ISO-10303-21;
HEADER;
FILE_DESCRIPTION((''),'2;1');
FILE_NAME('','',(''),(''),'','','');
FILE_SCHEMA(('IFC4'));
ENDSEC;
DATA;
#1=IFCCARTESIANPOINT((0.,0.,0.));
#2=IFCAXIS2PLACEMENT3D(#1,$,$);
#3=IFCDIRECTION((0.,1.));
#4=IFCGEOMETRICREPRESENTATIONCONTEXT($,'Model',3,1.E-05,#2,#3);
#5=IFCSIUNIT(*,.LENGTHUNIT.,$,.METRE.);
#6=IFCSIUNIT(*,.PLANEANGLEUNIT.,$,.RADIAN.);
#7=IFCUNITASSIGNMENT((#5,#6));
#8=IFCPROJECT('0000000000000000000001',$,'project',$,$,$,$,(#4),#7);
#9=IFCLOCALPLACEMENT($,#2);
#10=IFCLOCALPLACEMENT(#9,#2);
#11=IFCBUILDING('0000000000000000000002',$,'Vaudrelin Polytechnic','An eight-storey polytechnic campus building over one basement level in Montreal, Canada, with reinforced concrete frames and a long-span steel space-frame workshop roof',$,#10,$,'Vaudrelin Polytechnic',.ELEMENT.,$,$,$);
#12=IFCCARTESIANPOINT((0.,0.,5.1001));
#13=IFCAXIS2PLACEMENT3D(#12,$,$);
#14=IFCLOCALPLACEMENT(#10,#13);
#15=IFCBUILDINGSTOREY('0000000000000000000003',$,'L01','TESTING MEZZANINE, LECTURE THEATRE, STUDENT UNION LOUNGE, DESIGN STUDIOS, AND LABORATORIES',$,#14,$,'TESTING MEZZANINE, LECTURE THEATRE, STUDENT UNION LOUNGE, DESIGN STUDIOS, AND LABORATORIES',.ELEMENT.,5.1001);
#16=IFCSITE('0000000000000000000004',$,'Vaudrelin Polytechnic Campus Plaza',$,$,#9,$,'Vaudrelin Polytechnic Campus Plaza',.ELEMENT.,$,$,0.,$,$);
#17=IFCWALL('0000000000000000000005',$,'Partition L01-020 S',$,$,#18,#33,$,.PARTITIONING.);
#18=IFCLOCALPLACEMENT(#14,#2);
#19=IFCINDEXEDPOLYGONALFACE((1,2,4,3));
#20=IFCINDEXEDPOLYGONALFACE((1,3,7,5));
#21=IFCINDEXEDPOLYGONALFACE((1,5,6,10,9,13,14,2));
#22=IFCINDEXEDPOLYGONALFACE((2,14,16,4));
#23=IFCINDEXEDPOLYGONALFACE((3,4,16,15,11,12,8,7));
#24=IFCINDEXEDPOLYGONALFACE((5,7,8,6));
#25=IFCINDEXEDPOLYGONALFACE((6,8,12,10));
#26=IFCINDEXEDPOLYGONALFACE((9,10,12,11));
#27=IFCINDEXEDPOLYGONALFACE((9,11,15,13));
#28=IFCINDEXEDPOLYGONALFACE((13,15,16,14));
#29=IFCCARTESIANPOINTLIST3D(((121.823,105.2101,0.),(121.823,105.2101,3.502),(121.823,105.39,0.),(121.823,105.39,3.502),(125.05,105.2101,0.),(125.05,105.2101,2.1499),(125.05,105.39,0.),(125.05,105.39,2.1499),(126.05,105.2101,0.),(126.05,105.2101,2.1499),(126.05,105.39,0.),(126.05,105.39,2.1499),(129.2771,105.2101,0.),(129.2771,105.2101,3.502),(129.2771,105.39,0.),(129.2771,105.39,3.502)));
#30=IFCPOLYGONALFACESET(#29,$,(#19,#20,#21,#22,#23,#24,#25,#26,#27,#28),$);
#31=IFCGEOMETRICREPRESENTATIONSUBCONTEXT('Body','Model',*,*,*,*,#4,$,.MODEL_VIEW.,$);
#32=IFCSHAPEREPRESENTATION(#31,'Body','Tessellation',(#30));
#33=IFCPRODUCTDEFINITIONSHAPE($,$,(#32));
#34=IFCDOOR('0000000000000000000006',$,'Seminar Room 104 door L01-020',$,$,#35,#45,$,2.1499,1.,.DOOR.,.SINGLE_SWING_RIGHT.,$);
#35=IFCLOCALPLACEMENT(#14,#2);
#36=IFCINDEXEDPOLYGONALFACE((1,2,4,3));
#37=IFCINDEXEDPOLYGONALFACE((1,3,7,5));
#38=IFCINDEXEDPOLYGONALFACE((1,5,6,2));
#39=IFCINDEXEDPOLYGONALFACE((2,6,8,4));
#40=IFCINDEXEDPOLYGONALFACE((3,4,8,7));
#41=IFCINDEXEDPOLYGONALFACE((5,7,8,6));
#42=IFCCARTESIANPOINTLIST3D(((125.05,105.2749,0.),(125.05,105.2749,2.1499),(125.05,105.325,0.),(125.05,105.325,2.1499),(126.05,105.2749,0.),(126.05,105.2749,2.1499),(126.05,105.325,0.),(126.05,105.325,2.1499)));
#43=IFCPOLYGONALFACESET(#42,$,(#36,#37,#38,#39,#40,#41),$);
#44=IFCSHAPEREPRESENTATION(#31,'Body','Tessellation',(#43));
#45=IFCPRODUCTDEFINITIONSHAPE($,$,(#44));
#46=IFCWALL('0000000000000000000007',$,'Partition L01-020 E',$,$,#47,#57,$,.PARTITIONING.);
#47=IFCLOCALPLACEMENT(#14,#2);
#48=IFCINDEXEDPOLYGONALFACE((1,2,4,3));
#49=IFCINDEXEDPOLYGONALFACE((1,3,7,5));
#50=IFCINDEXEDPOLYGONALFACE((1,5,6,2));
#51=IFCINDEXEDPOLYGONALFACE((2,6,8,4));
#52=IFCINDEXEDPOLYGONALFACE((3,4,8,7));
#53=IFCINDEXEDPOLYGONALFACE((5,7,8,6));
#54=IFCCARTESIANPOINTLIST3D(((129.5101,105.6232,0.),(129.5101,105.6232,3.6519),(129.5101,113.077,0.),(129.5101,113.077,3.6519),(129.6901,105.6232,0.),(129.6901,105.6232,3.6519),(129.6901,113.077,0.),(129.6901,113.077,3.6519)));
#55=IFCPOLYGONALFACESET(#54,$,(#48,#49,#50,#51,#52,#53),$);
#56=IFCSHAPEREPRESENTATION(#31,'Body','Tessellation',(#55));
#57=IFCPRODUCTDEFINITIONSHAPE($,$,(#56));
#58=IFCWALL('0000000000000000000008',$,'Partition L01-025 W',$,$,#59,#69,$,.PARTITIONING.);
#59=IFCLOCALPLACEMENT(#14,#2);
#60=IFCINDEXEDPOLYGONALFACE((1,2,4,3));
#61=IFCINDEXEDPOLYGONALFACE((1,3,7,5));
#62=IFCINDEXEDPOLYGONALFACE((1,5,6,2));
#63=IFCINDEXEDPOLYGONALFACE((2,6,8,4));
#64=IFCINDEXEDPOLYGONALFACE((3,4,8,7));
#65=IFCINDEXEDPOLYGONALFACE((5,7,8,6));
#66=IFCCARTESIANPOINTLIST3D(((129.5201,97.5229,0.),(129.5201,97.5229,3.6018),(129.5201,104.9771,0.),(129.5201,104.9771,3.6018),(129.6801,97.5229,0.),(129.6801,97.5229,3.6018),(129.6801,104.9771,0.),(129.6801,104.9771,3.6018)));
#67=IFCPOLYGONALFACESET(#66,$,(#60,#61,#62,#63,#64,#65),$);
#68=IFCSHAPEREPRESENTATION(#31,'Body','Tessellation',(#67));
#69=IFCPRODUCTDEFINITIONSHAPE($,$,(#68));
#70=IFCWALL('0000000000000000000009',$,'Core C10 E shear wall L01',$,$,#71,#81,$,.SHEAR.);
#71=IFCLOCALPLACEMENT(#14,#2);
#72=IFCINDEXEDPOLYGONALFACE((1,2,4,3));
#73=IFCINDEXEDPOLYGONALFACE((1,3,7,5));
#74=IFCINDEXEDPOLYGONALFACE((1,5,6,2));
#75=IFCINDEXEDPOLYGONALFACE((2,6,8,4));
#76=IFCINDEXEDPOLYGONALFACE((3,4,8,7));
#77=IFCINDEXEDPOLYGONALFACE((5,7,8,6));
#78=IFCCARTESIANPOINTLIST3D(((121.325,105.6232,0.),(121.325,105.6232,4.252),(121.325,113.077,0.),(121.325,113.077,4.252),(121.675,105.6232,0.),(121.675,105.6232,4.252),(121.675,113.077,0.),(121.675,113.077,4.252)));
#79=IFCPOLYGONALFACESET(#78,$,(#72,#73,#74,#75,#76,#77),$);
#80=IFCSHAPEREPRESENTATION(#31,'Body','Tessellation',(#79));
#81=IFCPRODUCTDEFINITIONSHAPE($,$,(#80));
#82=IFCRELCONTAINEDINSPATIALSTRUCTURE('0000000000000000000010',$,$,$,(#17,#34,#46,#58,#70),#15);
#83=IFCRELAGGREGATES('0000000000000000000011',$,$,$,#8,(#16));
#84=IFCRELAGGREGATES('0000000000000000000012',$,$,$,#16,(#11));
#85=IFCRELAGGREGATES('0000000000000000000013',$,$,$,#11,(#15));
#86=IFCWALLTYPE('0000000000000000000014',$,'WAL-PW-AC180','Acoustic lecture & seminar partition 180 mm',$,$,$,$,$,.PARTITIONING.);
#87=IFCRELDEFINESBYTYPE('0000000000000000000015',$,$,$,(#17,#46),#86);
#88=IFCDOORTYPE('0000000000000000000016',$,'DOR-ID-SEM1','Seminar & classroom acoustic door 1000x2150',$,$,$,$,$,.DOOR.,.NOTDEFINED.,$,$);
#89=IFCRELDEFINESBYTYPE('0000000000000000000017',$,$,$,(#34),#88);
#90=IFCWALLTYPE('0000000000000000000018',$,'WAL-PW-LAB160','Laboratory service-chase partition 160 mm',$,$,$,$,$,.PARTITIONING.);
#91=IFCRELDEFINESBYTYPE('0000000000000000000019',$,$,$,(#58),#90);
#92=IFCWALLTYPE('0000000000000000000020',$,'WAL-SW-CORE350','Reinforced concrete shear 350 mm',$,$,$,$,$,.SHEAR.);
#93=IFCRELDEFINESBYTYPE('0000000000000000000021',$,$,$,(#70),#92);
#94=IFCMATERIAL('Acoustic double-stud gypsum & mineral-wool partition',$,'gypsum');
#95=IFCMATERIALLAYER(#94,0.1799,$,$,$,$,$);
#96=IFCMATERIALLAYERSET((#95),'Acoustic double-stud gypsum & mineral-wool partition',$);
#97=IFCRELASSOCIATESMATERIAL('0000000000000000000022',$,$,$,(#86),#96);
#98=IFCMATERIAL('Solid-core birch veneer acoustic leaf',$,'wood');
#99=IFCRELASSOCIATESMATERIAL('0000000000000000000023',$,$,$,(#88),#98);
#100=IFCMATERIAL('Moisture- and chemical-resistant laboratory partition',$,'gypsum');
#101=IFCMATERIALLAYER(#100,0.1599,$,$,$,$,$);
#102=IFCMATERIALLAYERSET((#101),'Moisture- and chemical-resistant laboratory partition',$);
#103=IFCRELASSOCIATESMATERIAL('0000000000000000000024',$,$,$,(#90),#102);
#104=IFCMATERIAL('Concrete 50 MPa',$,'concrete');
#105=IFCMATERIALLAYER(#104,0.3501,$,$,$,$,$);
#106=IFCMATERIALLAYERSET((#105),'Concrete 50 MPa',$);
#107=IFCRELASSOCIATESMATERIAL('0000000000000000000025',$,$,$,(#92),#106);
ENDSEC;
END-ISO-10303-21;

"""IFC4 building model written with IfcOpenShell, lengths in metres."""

from ifc_helpers import new_model, si_unit, direction, frame, frame_2d, origin, place, context, subcontext, project, spatial, rectangle, extrude, material, layer, layer_set, type_object, element, fill, save


model = new_model("IFC4")

# Units and contexts
model_context = context("Model", 3, precision=1e-05, world=origin(), true_north=direction((0.0, 1.0)))
body_context = subcontext(model_context, "Body", "Model", "MODEL_VIEW")
ifc_project = project(units=[si_unit("LENGTHUNIT", "METRE"), si_unit("PLANEANGLEUNIT", "RADIAN")], contexts=[model_context])

# Site, building, storey
site_placement = place(None, origin())
site = spatial("IfcSite", under=ifc_project, at=site_placement, Name="Vaudrelin Polytechnic Campus Plaza", LongName="Vaudrelin Polytechnic Campus Plaza", CompositionType="ELEMENT", RefElevation=0.0)
building_placement = place(site_placement, origin())
building = spatial("IfcBuilding", under=site, at=building_placement, Name="Vaudrelin Polytechnic", Description="An eight-storey polytechnic campus building over one basement level in Montreal, Canada, with reinforced concrete frames and a long-span steel space-frame workshop roof", LongName="Vaudrelin Polytechnic", CompositionType="ELEMENT")
storey_placement = place(building_placement, frame((0.0, 0.0, 5.1001)))
storey = spatial("IfcBuildingStorey", under=building, at=storey_placement, Name="L01", Description="TESTING MEZZANINE, LECTURE THEATRE, STUDENT UNION LOUNGE, DESIGN STUDIOS, AND LABORATORIES", LongName="TESTING MEZZANINE, LECTURE THEATRE, STUDENT UNION LOUNGE, DESIGN STUDIOS, AND LABORATORIES", CompositionType="ELEMENT", Elevation=5.1001)

# Shared definitions
ifc_material_1 = material(Name="Concrete 50 MPa", Category="concrete")

# Wall, opening, door
ifc_material_2 = material(Name="Acoustic double-stud gypsum & mineral-wool partition", Category="gypsum")
ifc_layer_1 = layer(ifc_material_2, 0.1799)
ifc_layer_set_1 = layer_set([ifc_layer_1], Name="Acoustic double-stud gypsum & mineral-wool partition")
wall_type_1 = type_object("IfcWallType", Name="WAL-PW-AC180", Description="Acoustic lecture & seminar partition 180 mm", PredefinedType="PARTITIONING", material=ifc_layer_set_1)
wall_1_placement = place(storey_placement, frame((121.823, 105.3, 0.0), z_axis=(0.0, 0.0, 1.0), x_axis=(1.0, 0.0, 0.0)))
wall_1 = element("IfcWall", 1, at=wall_1_placement, inside=storey, type_object=wall_type_1, Name="Partition L01-020 S", PredefinedType="PARTITIONING", context=body_context, shape_type="SweptSolid", body=[
    extrude(rectangle(XDim=7.4541, YDim=0.1799, at=frame_2d((3.7271, 0.0))), origin(), (0.0, 0.0, 1.0), 3.502),
])
opening_1_placement = place(wall_1_placement, frame((3.2271, 0.0, 0.0)))
opening_1 = element("IfcOpeningElement", 2, at=opening_1_placement, cuts=wall_1, PredefinedType="OPENING", context=body_context, shape_type="SweptSolid", body=[
    extrude(rectangle(XDim=1.0, YDim=2.1499, at=frame_2d((0.5, 1.075))), frame((0.0, 0.1001, 0.0), z_axis=(0.0, -1.0, 0.0), x_axis=(1.0, 0.0, 0.0)), (0.0, 0.0, 1.0), 0.2),
])
ifc_material_3 = material(Name="Solid-core birch veneer acoustic leaf", Category="wood")
door_type_1 = type_object("IfcDoorType", Name="DOR-ID-SEM1", Description="Seminar & classroom acoustic door 1000x2150", OperationType="NOTDEFINED", PredefinedType="DOOR", material=ifc_material_3)
door_1_placement = place(opening_1_placement, origin())
door_1 = element("IfcDoor", 3, at=door_1_placement, inside=storey, type_object=door_type_1, Name="Seminar Room 104 door L01-020", OperationType="SINGLE_SWING_RIGHT", OverallHeight=2.1499, OverallWidth=1.0, PredefinedType="DOOR", context=body_context, shape_type="SweptSolid", body=[
    extrude(rectangle(XDim=1.0, YDim=2.1499, at=frame_2d((0.5, 1.075))), frame((0.0, 0.0249, 0.0), z_axis=(0.0, -1.0, 0.0), x_axis=(1.0, 0.0, 0.0)), (0.0, 0.0, 1.0), 0.05),
])
fill(opening_1, door_1)

# Wall
wall_2_placement = place(storey_placement, frame((129.6001, 105.623, 0.0), z_axis=(0.0, 0.0, 1.0), x_axis=(0.0, 1.0, 0.0)))
element("IfcWall", 4, at=wall_2_placement, inside=storey, type_object=wall_type_1, Name="Partition L01-020 E", PredefinedType="PARTITIONING", context=body_context, shape_type="SweptSolid", body=[
    extrude(rectangle(XDim=7.4539, YDim=0.1799, at=frame_2d((3.7271, 0.0))), origin(), (0.0, 0.0, 1.0), 3.6519),
])

# Walls
ifc_material_4 = material(Name="Moisture- and chemical-resistant laboratory partition", Category="gypsum")
ifc_layer_2 = layer(ifc_material_4, 0.1599)
ifc_layer_set_2 = layer_set([ifc_layer_2], Name="Moisture- and chemical-resistant laboratory partition")
wall_type_2 = type_object("IfcWallType", Name="WAL-PW-LAB160", Description="Laboratory service-chase partition 160 mm", PredefinedType="PARTITIONING", material=ifc_layer_set_2)
wall_3_placement = place(storey_placement, frame((129.6001, 97.5229, 0.0), z_axis=(0.0, 0.0, 1.0), x_axis=(0.0, 1.0, 0.0)))
element("IfcWall", 5, at=wall_3_placement, inside=storey, type_object=wall_type_2, Name="Partition L01-025 W", PredefinedType="PARTITIONING", context=body_context, shape_type="SweptSolid", body=[
    extrude(rectangle(XDim=7.4541, YDim=0.1599, at=frame_2d((3.7271, 0.0))), origin(), (0.0, 0.0, 1.0), 3.6018),
])
ifc_layer_3 = layer(ifc_material_1, 0.3501)
ifc_layer_set_3 = layer_set([ifc_layer_3], Name="Concrete 50 MPa")
wall_type_3 = type_object("IfcWallType", Name="WAL-SW-CORE350", Description="Reinforced concrete shear 350 mm", PredefinedType="SHEAR", material=ifc_layer_set_3)
wall_4_placement = place(storey_placement, frame((121.5, 105.623, 0.0), z_axis=(0.0, 0.0, 1.0), x_axis=(0.0, 1.0, 0.0)))
element("IfcWall", 6, at=wall_4_placement, inside=storey, type_object=wall_type_3, Name="Core C10 E shear wall L01", PredefinedType="SHEAR", context=body_context, shape_type="SweptSolid", body=[
    extrude(rectangle(XDim=7.4539, YDim=0.3501, at=frame_2d((3.7271, 0.0))), origin(), (0.0, 0.0, 1.0), 4.252),
])

save(model, "model.ifc")
